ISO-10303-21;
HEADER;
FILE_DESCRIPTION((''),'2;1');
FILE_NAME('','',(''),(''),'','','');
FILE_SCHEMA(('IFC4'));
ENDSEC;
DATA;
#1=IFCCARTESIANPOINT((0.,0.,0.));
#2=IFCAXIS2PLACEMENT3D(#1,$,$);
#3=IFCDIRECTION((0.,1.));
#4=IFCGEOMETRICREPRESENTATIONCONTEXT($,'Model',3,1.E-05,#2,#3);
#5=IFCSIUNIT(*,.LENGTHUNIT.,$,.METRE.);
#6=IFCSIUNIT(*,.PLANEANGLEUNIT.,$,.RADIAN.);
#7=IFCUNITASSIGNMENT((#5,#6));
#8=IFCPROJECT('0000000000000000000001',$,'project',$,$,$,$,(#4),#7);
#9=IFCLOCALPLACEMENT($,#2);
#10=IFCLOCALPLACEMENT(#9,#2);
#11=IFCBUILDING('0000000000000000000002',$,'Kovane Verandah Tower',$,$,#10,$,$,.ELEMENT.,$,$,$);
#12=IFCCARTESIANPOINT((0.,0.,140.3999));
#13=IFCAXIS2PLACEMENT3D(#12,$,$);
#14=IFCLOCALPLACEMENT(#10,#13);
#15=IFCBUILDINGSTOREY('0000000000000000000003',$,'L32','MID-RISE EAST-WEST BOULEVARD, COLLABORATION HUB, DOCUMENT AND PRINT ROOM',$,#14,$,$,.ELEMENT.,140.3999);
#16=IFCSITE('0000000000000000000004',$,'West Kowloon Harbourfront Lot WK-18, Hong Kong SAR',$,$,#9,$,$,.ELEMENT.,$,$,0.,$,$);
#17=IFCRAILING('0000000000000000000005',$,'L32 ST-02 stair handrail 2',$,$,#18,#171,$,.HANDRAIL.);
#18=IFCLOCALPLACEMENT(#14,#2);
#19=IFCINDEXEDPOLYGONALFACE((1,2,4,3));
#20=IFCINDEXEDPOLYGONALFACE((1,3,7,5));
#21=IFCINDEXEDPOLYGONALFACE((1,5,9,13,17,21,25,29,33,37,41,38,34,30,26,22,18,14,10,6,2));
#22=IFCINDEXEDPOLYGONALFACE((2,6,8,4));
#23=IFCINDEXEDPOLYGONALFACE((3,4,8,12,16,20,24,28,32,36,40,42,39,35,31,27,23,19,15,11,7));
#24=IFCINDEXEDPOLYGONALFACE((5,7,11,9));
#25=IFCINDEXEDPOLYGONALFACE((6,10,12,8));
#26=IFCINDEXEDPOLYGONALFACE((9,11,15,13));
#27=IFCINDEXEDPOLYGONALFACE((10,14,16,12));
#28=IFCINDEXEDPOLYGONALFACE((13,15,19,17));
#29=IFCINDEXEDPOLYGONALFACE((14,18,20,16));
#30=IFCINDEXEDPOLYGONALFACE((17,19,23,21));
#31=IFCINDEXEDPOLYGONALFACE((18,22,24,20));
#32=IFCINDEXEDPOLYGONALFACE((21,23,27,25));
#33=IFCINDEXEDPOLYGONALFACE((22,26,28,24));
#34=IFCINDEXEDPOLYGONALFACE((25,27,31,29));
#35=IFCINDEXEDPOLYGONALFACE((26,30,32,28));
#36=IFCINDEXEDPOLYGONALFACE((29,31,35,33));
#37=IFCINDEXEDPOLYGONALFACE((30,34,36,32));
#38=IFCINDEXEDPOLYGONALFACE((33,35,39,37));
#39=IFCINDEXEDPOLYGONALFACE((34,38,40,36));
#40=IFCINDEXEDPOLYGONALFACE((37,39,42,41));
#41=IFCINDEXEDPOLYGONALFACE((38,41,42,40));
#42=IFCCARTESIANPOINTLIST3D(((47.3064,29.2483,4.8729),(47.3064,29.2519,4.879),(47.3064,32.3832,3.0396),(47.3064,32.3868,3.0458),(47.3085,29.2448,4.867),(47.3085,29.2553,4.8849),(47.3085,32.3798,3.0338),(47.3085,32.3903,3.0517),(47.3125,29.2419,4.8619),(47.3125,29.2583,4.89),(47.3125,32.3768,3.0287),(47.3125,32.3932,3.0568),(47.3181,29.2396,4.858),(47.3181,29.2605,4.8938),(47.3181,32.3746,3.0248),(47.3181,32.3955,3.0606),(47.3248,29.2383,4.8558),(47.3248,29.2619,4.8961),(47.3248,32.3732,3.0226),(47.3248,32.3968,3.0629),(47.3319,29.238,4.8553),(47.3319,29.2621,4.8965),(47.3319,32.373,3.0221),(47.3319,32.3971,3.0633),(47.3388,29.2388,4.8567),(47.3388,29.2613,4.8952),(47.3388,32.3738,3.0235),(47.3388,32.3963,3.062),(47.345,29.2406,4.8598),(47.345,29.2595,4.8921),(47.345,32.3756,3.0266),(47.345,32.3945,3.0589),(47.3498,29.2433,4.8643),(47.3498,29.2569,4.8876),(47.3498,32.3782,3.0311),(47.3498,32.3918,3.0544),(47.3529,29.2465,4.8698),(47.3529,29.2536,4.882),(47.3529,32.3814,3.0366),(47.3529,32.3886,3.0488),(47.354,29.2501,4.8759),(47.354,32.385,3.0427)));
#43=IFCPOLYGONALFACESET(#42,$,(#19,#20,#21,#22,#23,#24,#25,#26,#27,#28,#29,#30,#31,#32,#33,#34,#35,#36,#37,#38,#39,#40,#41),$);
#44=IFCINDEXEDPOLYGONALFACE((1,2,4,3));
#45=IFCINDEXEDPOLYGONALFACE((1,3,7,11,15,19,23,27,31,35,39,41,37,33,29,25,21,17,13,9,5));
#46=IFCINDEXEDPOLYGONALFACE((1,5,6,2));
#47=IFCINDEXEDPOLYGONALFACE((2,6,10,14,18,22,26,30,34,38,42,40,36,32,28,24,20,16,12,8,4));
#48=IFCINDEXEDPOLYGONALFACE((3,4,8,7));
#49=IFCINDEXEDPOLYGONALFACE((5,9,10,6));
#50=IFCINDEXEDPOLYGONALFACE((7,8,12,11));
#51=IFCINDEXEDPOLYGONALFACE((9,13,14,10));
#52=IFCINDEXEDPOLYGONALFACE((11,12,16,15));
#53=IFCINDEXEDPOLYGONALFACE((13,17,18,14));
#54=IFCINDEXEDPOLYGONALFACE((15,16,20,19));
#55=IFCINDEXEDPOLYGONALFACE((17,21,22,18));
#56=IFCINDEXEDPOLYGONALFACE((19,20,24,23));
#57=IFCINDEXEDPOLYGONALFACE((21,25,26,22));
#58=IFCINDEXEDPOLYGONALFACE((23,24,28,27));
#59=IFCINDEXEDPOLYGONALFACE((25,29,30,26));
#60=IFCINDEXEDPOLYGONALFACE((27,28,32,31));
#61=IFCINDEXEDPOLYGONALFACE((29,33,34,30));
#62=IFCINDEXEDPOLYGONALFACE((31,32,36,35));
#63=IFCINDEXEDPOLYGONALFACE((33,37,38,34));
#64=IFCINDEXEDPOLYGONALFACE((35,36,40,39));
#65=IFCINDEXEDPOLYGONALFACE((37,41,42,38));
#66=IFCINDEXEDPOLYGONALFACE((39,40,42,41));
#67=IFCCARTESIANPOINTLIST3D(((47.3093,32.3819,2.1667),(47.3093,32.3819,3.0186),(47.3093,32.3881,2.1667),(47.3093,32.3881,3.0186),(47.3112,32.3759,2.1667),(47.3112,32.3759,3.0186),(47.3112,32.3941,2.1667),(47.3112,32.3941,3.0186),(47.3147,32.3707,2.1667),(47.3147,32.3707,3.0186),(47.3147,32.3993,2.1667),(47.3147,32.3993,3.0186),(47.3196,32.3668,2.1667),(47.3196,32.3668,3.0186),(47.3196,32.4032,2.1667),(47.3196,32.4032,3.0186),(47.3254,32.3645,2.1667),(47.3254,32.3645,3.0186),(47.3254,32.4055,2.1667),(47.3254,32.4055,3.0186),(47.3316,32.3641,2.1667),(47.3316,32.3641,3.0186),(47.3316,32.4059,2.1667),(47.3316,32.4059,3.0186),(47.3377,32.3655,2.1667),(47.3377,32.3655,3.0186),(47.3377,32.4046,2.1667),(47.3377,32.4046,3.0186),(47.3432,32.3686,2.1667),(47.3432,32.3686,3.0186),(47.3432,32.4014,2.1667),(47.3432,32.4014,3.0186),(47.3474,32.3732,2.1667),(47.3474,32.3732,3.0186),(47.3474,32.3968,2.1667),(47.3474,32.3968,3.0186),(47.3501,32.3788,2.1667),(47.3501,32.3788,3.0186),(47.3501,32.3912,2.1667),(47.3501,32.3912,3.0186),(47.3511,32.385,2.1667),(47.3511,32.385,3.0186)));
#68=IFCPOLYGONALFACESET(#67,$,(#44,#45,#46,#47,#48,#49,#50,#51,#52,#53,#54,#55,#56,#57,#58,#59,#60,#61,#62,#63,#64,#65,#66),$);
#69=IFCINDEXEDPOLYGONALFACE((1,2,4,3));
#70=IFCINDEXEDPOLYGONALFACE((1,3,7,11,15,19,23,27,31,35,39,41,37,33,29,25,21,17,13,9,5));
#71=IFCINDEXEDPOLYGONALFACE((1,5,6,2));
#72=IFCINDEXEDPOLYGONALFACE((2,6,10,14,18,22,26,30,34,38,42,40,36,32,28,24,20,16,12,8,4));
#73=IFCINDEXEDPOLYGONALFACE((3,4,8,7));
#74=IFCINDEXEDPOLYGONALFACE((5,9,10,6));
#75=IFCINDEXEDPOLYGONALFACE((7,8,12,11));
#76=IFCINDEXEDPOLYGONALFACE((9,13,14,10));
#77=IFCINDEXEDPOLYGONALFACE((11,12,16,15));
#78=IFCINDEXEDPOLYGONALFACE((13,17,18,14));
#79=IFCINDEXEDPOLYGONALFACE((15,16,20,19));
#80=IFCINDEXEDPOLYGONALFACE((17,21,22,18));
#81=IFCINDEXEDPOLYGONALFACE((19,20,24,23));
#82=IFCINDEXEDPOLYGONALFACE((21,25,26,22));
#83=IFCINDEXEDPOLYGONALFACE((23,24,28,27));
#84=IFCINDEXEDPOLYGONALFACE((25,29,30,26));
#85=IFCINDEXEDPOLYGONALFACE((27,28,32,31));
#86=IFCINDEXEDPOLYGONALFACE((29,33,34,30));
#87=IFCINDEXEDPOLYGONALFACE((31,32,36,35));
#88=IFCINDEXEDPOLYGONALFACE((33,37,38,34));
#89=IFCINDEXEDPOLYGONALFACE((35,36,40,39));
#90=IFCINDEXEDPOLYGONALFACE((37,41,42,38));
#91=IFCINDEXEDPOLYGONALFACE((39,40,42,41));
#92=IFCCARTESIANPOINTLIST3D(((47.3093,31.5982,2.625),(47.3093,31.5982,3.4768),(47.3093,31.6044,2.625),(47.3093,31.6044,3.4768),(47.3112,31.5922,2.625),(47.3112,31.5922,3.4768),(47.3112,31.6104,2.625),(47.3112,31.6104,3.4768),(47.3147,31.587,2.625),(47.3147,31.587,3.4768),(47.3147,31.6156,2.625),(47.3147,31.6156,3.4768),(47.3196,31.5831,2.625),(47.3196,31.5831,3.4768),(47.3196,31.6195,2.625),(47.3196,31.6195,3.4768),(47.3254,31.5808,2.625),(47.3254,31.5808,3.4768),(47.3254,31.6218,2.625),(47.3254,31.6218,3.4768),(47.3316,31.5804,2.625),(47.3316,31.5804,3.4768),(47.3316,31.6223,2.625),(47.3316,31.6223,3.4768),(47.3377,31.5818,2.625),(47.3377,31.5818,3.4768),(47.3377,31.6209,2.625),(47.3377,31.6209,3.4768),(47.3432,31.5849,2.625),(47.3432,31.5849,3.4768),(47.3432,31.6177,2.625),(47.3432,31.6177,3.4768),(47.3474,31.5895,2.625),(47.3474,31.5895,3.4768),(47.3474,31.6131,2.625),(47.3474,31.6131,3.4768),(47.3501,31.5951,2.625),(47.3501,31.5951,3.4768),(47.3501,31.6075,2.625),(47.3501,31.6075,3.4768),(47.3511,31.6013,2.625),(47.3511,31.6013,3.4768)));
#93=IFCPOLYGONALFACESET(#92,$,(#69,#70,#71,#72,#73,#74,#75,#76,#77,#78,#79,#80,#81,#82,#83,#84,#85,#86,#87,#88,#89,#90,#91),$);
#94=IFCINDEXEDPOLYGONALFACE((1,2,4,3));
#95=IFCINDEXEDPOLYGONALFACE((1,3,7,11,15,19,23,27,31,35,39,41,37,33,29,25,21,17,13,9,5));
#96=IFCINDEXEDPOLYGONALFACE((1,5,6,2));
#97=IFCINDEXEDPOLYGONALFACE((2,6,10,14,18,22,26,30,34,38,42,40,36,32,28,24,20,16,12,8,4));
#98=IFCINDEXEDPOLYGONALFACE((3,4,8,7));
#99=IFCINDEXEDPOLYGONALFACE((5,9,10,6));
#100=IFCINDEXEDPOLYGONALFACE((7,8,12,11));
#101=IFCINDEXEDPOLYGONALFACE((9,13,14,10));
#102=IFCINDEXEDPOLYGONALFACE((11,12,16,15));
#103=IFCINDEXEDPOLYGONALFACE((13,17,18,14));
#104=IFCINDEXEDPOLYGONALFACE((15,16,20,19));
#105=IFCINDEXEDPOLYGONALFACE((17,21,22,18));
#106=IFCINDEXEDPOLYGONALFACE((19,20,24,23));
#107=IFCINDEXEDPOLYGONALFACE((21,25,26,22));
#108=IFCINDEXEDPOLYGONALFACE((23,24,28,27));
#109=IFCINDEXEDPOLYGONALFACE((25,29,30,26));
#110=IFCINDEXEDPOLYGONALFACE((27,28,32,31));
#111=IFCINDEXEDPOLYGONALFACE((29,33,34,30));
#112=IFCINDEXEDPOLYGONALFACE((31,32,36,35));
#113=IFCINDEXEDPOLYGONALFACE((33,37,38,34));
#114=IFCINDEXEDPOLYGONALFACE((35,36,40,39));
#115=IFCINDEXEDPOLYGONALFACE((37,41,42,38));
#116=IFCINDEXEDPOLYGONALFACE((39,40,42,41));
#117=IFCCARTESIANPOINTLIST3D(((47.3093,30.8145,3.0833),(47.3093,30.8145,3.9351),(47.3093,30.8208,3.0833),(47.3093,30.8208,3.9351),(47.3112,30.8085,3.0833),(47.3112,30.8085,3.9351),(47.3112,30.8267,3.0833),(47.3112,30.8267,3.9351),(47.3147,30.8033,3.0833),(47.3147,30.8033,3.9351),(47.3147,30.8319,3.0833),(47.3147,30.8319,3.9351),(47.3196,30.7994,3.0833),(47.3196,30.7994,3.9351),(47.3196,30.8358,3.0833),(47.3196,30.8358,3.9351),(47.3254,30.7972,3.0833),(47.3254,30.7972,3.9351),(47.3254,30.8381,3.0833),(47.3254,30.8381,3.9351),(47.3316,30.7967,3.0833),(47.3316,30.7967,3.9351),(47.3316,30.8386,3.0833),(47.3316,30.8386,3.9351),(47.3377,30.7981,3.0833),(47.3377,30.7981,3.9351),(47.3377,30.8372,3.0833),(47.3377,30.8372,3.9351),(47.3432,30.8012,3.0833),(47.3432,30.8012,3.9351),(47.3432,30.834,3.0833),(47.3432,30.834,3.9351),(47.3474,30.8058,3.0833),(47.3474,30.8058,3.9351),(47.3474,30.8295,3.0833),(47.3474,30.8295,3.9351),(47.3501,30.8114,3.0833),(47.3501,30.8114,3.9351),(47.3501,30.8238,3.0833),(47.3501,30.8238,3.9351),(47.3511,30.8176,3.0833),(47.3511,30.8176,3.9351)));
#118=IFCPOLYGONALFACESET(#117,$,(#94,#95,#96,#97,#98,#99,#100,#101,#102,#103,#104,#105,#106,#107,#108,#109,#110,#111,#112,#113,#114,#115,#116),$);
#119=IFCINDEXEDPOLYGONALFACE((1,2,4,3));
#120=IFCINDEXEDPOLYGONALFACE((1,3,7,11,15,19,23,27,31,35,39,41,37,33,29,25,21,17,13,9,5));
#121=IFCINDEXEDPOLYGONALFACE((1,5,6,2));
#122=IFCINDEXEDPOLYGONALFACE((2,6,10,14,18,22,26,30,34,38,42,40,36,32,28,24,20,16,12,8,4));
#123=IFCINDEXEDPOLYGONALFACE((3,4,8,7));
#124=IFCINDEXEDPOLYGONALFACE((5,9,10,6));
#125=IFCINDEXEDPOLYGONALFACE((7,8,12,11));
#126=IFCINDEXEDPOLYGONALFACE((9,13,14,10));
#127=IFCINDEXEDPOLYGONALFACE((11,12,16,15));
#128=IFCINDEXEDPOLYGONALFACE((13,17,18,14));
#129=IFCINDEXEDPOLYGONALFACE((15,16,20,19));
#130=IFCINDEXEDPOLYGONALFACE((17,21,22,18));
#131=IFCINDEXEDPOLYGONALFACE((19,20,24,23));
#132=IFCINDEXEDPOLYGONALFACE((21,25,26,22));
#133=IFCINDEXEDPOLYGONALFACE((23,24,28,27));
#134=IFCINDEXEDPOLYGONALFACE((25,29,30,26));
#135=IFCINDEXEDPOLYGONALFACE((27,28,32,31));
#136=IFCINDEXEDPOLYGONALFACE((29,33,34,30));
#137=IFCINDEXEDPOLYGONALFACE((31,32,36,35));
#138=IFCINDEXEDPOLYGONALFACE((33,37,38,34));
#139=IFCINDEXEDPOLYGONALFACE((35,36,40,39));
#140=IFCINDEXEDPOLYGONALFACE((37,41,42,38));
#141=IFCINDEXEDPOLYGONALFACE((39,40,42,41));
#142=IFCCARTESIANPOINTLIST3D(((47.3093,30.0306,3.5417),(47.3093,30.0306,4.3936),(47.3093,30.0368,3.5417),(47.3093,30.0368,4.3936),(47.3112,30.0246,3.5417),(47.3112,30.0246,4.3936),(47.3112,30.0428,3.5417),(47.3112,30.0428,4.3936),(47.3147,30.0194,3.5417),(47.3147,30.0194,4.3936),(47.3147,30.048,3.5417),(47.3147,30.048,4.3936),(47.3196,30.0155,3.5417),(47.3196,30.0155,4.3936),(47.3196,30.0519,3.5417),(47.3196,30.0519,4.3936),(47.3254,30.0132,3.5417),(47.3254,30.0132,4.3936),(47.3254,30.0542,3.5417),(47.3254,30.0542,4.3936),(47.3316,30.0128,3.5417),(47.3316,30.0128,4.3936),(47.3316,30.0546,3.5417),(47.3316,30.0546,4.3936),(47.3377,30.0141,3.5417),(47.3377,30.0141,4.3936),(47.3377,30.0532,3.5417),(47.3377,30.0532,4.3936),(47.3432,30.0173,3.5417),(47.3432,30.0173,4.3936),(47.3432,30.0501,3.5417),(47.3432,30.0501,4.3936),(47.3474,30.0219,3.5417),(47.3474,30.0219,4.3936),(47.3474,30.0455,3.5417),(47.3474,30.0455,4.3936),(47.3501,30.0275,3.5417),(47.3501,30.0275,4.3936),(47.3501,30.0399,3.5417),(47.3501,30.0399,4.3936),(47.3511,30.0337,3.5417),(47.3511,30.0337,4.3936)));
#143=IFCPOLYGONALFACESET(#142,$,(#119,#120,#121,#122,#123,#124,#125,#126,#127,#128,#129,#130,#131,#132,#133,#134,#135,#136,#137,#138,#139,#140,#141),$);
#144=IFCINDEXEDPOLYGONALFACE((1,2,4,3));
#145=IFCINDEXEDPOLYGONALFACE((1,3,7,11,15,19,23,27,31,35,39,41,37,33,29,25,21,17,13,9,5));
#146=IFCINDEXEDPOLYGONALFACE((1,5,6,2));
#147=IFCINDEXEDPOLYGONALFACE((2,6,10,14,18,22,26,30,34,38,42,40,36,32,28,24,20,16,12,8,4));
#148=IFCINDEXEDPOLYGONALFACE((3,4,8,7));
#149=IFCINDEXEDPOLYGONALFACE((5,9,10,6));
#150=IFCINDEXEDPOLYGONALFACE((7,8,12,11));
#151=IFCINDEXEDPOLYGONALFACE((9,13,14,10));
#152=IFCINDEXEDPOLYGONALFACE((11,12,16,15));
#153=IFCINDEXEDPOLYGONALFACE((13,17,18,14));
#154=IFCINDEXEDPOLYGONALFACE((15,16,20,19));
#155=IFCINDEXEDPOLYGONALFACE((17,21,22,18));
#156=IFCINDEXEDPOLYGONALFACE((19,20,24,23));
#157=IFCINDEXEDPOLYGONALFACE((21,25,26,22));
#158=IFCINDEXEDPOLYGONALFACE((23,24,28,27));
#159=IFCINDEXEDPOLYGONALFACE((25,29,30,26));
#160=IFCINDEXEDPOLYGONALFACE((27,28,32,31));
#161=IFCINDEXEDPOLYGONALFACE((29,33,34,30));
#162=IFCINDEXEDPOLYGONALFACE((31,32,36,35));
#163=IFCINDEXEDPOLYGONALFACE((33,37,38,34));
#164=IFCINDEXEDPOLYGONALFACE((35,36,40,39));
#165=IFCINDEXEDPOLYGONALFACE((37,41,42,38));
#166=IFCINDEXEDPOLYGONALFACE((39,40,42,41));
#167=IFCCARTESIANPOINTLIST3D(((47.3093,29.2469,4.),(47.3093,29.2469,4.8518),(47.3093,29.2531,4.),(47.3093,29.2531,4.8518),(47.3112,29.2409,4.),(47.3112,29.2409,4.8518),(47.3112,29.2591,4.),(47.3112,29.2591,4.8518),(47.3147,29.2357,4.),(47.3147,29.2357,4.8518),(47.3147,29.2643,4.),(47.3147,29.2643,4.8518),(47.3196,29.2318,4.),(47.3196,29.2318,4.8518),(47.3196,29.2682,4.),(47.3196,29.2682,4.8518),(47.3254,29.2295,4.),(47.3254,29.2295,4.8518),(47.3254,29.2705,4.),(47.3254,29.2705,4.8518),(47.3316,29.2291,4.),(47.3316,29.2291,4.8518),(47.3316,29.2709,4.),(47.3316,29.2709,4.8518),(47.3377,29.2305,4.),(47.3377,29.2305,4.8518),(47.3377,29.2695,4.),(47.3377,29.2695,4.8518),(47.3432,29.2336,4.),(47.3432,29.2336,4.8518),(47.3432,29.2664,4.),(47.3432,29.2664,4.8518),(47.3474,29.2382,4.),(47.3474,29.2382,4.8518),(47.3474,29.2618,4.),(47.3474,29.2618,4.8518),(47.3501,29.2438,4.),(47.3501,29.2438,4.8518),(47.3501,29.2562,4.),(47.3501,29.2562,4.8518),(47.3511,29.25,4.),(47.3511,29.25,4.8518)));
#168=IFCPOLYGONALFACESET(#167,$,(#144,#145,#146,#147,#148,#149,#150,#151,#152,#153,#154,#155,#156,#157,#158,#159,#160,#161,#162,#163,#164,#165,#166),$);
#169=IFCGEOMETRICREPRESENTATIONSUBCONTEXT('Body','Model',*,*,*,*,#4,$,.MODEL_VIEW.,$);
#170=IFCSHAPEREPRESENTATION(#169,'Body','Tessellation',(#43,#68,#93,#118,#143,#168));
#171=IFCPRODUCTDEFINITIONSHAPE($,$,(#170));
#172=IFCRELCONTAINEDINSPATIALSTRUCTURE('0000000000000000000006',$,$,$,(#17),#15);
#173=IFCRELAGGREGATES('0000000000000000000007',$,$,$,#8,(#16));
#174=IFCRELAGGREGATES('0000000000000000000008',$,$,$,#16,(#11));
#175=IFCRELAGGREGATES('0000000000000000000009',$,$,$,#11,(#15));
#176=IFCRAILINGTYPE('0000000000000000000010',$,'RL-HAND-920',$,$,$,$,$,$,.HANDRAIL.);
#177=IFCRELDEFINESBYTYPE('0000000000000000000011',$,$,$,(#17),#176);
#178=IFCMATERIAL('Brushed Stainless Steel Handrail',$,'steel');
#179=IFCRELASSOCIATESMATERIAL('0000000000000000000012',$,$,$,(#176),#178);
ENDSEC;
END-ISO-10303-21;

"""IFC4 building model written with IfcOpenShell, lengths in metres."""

from ifc_helpers import new_model, si_unit, direction, frame, origin, origin_2d, place, context, subcontext, project, spatial, circle, extrude, material, type_object, element, save


model = new_model("IFC4")

# Units and contexts
model_context = context("Model", 3, precision=1e-05, world=origin(), true_north=direction((0.0, 1.0)))
body_context = subcontext(model_context, "Body", "Model", "MODEL_VIEW")
ifc_project = project(units=[si_unit("LENGTHUNIT", "METRE"), si_unit("PLANEANGLEUNIT", "RADIAN")], contexts=[model_context])

# Site, building, storey
site_placement = place(None, origin())
site = spatial("IfcSite", under=ifc_project, at=site_placement, Name="West Kowloon Harbourfront Lot WK-18, Hong Kong SAR", CompositionType="ELEMENT", RefElevation=0.0)
building_placement = place(site_placement, origin())
building = spatial("IfcBuilding", under=site, at=building_placement, Name="Kovane Verandah Tower", CompositionType="ELEMENT")
storey_placement = place(building_placement, frame((0.0, 0.0, 140.3999)))
storey = spatial("IfcBuildingStorey", under=building, at=storey_placement, Name="L32", Description="MID-RISE EAST-WEST BOULEVARD, COLLABORATION HUB, DOCUMENT AND PRINT ROOM", CompositionType="ELEMENT", Elevation=140.3999)

# Railing
ifc_material_1 = material(Name="Brushed Stainless Steel Handrail", Category="steel")
railing_type_1 = type_object("IfcRailingType", Name="RL-HAND-920", PredefinedType="HANDRAIL", material=ifc_material_1)
railing_1_placement = place(storey_placement, frame((47.3301, 32.385, 2.1667)))
element("IfcRailing", 1, at=railing_1_placement, inside=storey, type_object=railing_type_1, Name="L32 ST-02 stair handrail 2", PredefinedType="HANDRAIL", context=body_context, shape_type="SweptSolid", body=[
    extrude(circle(Radius=0.0239, at=origin_2d()), frame((0.0, 0.0, 0.876), z_axis=(0.0, -0.86324, 0.504794), x_axis=(1.0, 0.0, 0.0)), (0.0, 0.0, 1.0), 3.6316),
    extrude(circle(Radius=0.021, at=origin_2d()), origin(), (0.0, 0.0, 1.0), 0.8518),
    extrude(circle(Radius=0.021, at=origin_2d()), frame((0.0, -0.7837, 0.4583)), (0.0, 0.0, 1.0), 0.8518),
    extrude(circle(Radius=0.021, at=origin_2d()), frame((0.0, -1.5674, 0.9165)), (0.0, 0.0, 1.0), 0.8518),
    extrude(circle(Radius=0.021, at=origin_2d()), frame((0.0, -2.3513, 1.375)), (0.0, 0.0, 1.0), 0.8518),
    extrude(circle(Radius=0.021, at=origin_2d()), frame((0.0, -3.135, 1.8333)), (0.0, 0.0, 1.0), 0.8518),
])

save(model, "model.ifc")
